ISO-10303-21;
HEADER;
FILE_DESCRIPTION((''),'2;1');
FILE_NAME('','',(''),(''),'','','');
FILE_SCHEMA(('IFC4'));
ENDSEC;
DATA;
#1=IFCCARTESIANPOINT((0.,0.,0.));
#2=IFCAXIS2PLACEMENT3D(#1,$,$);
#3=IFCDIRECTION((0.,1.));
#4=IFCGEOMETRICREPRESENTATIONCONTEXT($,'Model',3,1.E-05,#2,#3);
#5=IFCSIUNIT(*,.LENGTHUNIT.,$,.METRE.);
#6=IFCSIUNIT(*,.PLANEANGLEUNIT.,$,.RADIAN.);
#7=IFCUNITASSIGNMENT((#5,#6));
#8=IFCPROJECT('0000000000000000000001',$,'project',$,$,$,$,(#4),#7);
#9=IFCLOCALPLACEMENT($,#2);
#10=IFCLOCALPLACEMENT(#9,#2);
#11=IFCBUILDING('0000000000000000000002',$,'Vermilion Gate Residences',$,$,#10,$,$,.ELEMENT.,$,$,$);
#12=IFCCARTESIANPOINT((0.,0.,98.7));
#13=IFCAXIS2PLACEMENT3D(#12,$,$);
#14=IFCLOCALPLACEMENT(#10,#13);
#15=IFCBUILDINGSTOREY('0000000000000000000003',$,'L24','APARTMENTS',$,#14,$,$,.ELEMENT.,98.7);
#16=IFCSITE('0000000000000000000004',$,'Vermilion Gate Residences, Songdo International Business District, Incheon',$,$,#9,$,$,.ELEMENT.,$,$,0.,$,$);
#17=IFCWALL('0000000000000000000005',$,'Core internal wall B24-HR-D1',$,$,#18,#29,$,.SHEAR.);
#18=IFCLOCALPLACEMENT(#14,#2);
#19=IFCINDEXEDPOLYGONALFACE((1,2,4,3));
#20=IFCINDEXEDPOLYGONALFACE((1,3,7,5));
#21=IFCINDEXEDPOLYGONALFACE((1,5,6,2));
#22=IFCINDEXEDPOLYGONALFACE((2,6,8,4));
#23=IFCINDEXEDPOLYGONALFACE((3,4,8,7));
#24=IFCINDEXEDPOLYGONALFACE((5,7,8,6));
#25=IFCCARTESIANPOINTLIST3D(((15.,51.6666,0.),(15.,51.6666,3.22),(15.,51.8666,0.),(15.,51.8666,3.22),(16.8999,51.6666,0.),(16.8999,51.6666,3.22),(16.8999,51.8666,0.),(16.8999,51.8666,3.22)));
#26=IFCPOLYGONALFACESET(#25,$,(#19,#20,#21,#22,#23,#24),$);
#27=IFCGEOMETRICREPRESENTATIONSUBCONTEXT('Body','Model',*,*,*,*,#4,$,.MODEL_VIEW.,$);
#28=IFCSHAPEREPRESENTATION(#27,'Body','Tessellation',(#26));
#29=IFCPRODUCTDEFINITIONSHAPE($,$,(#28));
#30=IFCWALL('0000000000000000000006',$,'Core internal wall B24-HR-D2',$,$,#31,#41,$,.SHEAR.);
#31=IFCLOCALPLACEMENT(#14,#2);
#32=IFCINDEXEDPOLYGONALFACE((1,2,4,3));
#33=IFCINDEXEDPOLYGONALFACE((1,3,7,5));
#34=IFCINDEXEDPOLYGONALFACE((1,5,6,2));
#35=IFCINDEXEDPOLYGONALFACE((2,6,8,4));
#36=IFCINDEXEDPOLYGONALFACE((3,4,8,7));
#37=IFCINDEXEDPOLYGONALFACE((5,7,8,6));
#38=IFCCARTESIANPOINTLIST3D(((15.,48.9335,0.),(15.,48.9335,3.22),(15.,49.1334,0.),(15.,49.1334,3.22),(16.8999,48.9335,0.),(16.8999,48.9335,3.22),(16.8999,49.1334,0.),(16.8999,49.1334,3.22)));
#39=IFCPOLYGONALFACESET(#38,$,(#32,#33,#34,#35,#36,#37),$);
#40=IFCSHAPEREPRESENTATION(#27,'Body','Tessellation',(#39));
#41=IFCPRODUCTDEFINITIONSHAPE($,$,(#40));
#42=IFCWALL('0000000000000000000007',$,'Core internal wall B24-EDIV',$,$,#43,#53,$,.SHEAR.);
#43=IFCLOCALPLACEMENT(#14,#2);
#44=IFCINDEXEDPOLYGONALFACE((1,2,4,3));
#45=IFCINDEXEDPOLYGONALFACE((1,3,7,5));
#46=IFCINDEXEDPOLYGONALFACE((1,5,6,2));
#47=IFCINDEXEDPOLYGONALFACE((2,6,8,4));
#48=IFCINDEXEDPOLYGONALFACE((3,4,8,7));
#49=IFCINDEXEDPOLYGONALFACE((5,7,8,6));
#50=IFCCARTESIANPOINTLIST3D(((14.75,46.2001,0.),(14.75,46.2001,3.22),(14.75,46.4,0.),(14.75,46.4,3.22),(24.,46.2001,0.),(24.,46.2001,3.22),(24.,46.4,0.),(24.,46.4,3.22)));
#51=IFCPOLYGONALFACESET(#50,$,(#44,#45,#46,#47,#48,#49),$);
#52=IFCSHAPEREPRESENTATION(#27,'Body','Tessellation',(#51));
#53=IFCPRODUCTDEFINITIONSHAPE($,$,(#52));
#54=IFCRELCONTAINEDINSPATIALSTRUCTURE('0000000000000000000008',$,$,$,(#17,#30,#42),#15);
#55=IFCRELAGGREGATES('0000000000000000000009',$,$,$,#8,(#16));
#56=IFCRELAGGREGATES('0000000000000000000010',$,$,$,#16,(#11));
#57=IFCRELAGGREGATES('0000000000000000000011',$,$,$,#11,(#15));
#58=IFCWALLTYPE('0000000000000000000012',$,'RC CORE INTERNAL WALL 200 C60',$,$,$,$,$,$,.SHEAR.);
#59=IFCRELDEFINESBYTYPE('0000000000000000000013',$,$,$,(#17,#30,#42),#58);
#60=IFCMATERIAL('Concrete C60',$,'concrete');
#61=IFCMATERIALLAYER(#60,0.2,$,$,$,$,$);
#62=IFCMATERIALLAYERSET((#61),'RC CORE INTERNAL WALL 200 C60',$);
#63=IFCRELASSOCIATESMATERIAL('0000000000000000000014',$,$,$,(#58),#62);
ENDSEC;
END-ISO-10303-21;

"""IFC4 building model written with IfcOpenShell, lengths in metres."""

from ifc_helpers import new_model, si_unit, direction, frame, frame_2d, origin, place, context, subcontext, project, spatial, rectangle, extrude, material, layer, layer_set, type_object, element, save


model = new_model("IFC4")

# Units and contexts
model_context = context("Model", 3, precision=1e-05, world=origin(), true_north=direction((0.0, 1.0)))
body_context = subcontext(model_context, "Body", "Model", "MODEL_VIEW")
ifc_project = project(units=[si_unit("LENGTHUNIT", "METRE"), si_unit("PLANEANGLEUNIT", "RADIAN")], contexts=[model_context])

# Site, building, storey
site_placement = place(None, origin())
site = spatial("IfcSite", under=ifc_project, at=site_placement, Name="Vermilion Gate Residences, Songdo International Business District, Incheon", CompositionType="ELEMENT", RefElevation=0.0)
building_placement = place(site_placement, origin())
building = spatial("IfcBuilding", under=site, at=building_placement, Name="Vermilion Gate Residences", CompositionType="ELEMENT")
storey_placement = place(building_placement, frame((0.0, 0.0, 98.7)))
storey = spatial("IfcBuildingStorey", under=building, at=storey_placement, Name="L24", Description="APARTMENTS", CompositionType="ELEMENT", Elevation=98.7)

# Walls
ifc_material_1 = material(Name="Concrete C60", Category="concrete")
ifc_layer_1 = layer(ifc_material_1, 0.2)
ifc_layer_set_1 = layer_set([ifc_layer_1], Name="RC CORE INTERNAL WALL 200 C60")
wall_type_1 = type_object("IfcWallType", Name="RC CORE INTERNAL WALL 200 C60", PredefinedType="SHEAR", material=ifc_layer_set_1)
for number, where, z_axis, x_axis, name in (
    (1, (15.0, 51.7666, 0.0), (0.0, 0.0, 1.0), (1.0, 0.0, 0.0), "Core internal wall B24-HR-D1"),
    (2, (15.0, 49.0334, 0.0), (0.0, 0.0, 1.0), (1.0, 0.0, 0.0), "Core internal wall B24-HR-D2"),
):
    element("IfcWall", number, at=place(storey_placement, frame(where, z_axis=z_axis, x_axis=x_axis)), inside=storey, type_object=wall_type_1, Name=name, PredefinedType="SHEAR", context=body_context, shape_type="SweptSolid", body=[
        extrude(rectangle(XDim=1.8999, YDim=0.2, at=frame_2d((0.95, 0.0))), origin(), (0.0, 0.0, 1.0), 3.22),
    ])
wall_1_placement = place(storey_placement, frame((14.75, 46.3, 0.0), z_axis=(0.0, 0.0, 1.0), x_axis=(1.0, 0.0, 0.0)))
element("IfcWall", 3, at=wall_1_placement, inside=storey, type_object=wall_type_1, Name="Core internal wall B24-EDIV", PredefinedType="SHEAR", context=body_context, shape_type="SweptSolid", body=[
    extrude(rectangle(XDim=9.25, YDim=0.2, at=frame_2d((4.625, 0.0))), origin(), (0.0, 0.0, 1.0), 3.22),
])

save(model, "model.ifc")
